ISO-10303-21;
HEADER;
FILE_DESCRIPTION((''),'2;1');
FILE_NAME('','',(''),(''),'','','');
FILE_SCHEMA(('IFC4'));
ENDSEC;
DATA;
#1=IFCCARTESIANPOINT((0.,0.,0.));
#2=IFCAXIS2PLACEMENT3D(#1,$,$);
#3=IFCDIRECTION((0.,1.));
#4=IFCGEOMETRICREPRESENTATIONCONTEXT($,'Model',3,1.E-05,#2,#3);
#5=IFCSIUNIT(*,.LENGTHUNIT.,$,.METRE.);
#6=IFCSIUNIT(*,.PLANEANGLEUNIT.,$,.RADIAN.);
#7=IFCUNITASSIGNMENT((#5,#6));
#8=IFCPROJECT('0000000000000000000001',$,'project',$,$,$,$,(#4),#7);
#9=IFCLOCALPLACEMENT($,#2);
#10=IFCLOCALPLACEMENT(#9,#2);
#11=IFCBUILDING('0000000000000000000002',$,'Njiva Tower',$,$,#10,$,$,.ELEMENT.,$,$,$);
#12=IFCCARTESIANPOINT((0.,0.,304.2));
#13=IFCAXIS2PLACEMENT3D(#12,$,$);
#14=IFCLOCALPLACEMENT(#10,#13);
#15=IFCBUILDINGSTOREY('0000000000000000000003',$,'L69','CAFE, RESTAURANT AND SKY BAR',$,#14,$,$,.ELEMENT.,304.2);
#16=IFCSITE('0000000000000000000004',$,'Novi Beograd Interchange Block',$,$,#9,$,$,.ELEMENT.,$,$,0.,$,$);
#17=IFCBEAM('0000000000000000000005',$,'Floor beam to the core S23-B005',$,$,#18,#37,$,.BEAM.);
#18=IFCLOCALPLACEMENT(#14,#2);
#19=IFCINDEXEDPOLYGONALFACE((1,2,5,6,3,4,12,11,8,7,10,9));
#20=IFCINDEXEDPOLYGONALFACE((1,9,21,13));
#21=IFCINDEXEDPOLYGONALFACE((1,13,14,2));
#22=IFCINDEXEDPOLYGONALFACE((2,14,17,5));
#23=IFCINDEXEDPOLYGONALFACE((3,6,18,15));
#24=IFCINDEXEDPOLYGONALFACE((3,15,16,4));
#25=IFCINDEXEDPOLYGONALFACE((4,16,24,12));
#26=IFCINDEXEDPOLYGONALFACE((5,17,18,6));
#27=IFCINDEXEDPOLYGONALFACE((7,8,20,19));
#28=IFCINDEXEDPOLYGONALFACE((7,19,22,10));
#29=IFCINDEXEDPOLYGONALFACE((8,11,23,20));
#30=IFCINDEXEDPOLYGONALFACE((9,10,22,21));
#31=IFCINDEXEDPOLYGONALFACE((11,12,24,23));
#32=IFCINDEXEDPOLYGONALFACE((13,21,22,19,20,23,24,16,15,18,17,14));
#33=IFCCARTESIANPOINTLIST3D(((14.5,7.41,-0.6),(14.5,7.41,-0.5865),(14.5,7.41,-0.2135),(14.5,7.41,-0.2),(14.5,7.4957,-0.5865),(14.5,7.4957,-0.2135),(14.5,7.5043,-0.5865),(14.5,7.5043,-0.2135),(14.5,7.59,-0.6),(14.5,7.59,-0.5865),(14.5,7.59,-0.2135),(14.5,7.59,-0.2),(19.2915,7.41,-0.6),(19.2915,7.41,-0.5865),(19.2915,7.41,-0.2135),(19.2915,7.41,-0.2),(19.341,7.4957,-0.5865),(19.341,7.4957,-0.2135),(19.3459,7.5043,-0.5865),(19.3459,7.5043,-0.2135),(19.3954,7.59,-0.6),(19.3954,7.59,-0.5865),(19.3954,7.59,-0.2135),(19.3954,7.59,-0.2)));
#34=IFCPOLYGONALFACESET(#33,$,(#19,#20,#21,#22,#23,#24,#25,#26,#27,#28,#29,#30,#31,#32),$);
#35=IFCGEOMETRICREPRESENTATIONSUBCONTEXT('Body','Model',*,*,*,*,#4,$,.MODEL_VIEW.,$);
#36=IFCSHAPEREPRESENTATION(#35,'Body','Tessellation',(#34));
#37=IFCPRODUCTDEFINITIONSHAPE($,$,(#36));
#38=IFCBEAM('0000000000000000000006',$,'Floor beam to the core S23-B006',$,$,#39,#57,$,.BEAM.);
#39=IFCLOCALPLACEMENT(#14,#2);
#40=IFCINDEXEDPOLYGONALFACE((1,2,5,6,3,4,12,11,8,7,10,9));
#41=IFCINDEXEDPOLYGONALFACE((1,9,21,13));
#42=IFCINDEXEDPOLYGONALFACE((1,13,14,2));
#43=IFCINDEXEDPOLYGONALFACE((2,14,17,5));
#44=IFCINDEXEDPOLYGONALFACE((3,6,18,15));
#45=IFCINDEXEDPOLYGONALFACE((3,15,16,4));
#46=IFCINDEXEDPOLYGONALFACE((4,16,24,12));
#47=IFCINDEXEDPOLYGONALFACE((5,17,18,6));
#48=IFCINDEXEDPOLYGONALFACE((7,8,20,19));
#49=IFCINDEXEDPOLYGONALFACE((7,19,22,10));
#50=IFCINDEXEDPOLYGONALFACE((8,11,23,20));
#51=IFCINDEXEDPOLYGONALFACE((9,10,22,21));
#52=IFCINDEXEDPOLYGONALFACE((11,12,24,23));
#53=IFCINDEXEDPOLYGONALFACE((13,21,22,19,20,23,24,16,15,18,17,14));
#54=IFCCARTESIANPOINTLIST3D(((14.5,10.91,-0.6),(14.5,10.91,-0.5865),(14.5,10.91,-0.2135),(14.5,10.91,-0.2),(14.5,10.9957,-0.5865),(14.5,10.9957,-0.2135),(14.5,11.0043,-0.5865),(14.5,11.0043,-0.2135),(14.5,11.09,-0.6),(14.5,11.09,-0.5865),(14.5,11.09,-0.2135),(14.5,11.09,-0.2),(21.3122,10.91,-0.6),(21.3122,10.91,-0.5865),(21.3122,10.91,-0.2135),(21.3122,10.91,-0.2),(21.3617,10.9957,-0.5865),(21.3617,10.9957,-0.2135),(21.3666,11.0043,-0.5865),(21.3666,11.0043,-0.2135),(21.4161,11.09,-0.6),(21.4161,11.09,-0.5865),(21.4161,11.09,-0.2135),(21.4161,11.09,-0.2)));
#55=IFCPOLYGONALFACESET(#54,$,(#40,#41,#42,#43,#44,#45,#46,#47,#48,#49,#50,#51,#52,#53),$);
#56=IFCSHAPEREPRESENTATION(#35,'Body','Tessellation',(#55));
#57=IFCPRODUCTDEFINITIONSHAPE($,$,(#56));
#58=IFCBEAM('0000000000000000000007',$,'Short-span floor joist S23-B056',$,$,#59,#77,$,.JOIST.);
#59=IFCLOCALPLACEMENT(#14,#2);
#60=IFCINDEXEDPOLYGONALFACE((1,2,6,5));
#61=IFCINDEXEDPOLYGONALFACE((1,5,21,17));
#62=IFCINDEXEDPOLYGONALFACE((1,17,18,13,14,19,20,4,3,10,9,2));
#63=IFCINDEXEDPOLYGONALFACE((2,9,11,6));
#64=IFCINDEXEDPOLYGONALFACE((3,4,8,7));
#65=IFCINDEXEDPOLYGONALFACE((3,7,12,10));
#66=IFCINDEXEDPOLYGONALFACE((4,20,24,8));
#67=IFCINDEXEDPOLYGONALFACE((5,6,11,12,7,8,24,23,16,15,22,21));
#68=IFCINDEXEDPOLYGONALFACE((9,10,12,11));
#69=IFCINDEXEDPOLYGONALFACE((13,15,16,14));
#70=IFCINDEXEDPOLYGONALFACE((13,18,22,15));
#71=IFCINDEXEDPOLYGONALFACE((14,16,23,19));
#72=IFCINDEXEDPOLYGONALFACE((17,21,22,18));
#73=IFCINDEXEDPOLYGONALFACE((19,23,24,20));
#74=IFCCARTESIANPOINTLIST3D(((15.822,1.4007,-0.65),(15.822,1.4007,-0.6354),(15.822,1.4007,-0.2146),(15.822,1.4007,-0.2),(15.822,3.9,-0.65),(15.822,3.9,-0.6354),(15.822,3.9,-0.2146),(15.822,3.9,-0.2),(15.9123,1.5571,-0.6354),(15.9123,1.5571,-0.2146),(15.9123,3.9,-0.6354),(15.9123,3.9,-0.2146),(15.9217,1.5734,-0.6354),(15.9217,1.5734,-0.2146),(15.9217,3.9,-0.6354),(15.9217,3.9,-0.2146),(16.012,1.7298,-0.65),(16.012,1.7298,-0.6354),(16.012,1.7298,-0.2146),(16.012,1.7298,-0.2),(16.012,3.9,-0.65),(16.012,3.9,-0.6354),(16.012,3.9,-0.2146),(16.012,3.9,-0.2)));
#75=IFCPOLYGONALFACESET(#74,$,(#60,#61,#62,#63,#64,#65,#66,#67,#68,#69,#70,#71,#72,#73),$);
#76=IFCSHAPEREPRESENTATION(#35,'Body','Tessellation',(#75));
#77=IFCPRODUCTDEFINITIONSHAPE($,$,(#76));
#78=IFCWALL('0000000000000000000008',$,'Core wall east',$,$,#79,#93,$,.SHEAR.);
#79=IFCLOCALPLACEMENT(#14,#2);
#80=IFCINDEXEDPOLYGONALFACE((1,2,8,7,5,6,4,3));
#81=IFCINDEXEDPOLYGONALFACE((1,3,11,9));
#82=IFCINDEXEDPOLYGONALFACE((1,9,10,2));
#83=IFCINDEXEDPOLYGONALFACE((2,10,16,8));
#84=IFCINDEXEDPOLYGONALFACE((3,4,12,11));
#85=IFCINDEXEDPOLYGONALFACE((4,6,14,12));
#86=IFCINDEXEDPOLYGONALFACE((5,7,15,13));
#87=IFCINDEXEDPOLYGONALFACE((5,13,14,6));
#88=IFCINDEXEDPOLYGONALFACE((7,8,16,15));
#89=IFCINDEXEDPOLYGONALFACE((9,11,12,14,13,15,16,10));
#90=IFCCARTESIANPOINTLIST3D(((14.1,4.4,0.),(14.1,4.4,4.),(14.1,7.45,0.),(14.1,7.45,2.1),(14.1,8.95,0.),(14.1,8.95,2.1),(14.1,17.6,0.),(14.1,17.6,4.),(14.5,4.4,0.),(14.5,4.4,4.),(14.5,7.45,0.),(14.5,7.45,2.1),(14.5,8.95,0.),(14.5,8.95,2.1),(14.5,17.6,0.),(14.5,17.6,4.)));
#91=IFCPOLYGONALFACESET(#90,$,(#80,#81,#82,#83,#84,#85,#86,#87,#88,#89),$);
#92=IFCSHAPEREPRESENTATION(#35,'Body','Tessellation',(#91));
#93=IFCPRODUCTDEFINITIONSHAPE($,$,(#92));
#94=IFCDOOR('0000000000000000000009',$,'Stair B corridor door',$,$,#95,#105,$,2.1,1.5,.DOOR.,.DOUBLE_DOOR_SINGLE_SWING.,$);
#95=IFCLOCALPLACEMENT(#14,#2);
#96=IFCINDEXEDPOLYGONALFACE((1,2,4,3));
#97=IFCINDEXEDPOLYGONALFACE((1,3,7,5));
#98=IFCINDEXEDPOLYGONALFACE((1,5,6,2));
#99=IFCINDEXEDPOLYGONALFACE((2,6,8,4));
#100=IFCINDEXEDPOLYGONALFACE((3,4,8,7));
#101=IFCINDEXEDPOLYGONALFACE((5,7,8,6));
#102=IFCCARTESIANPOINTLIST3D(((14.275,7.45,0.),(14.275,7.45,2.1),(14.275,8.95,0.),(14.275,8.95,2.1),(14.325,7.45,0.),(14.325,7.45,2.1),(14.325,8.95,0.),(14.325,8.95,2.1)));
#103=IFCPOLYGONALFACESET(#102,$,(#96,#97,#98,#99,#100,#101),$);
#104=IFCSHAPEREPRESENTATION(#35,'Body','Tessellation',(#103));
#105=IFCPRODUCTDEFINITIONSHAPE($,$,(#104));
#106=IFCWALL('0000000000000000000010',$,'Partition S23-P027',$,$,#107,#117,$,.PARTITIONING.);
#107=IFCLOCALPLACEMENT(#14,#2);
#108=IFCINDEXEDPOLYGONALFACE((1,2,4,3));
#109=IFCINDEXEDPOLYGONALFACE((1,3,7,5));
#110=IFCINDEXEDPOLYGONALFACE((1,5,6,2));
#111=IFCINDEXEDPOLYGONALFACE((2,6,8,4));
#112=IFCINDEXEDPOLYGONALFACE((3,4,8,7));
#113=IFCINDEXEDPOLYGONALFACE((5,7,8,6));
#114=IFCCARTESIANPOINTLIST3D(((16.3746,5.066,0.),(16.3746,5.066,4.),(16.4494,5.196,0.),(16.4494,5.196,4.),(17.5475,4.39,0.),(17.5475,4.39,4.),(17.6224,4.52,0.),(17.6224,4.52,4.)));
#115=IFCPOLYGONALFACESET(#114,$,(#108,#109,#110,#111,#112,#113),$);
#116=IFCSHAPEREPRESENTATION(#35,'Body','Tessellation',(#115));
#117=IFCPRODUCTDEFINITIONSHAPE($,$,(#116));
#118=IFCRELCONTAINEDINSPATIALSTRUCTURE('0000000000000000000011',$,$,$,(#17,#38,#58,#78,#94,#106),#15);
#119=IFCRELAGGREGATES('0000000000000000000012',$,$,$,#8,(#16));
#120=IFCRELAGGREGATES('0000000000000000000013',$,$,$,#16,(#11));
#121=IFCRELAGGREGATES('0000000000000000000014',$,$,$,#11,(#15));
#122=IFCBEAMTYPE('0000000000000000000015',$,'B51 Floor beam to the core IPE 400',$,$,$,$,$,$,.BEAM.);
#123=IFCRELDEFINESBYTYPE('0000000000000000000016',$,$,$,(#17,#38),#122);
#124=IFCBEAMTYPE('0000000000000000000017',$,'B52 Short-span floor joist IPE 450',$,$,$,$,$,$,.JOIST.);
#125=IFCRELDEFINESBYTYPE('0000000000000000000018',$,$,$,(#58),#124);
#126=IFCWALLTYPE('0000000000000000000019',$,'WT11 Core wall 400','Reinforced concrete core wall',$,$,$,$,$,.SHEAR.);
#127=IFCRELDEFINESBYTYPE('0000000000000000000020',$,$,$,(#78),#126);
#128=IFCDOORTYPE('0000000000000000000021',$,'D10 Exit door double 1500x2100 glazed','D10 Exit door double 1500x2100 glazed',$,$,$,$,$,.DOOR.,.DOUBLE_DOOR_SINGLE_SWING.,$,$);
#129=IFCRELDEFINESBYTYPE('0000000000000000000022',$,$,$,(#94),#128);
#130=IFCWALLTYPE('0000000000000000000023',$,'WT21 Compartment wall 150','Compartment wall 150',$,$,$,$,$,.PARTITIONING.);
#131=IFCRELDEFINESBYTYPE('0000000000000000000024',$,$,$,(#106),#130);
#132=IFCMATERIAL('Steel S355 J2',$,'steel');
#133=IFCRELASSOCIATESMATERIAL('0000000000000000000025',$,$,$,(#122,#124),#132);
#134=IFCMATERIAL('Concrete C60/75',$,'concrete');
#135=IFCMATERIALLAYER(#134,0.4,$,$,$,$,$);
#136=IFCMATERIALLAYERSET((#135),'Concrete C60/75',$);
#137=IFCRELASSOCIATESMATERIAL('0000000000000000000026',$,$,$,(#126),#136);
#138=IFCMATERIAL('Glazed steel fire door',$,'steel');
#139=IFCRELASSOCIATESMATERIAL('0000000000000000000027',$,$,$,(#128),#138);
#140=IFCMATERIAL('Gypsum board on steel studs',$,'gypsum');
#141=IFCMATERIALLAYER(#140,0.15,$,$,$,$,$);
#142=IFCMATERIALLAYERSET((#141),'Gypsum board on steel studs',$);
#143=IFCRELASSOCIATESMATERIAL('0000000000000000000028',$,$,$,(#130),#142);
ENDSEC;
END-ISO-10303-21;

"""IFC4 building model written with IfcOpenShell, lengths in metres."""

from ifc_helpers import new_model, si_unit, direction, frame, frame_2d, origin, origin_2d, place, context, subcontext, project, spatial, rectangle, i_section, extrude, clip, halfspace, material, layer, layer_set, material_profile, profile_set, type_object, element, fill, save


model = new_model("IFC4")

# Units and contexts
model_context = context("Model", 3, precision=1e-05, world=origin(), true_north=direction((0.0, 1.0)))
body_context = subcontext(model_context, "Body", "Model", "MODEL_VIEW")
ifc_project = project(units=[si_unit("LENGTHUNIT", "METRE"), si_unit("PLANEANGLEUNIT", "RADIAN")], contexts=[model_context])

# Site, building, storey
site_placement = place(None, origin())
site = spatial("IfcSite", under=ifc_project, at=site_placement, Name="Novi Beograd Interchange Block", CompositionType="ELEMENT", RefElevation=0.0)
building_placement = place(site_placement, origin())
building = spatial("IfcBuilding", under=site, at=building_placement, Name="Njiva Tower", CompositionType="ELEMENT")
storey_placement = place(building_placement, frame((0.0, 0.0, 304.2)))
storey = spatial("IfcBuildingStorey", under=building, at=storey_placement, Name="L69", Description="CAFE, RESTAURANT AND SKY BAR", CompositionType="ELEMENT", Elevation=304.2)

# Shared definitions
ifc_material_1 = material(Name="Steel S355 J2", Category="steel")

# Beams
ifc_material_profile_1 = material_profile(ifc_material_1, i_section(OverallWidth=0.18, OverallDepth=0.4, WebThickness=0.0086, FlangeThickness=0.0135, at=origin_2d()), Name="IPE 400")
ifc_profile_set_1 = profile_set([ifc_material_profile_1], Name="Steel S355 J2")
beam_type_1 = type_object("IfcBeamType", Name="B51 Floor beam to the core IPE 400", PredefinedType="BEAM", material=ifc_profile_set_1)
beam_1_placement = place(storey_placement, frame((14.5, 7.5, -0.4), z_axis=(1.0, 0.0, 0.0), x_axis=(0.0, 1.0, 0.0)))
element("IfcBeam", 1, at=beam_1_placement, inside=storey, type_object=beam_type_1, Name="Floor beam to the core S23-B005", PredefinedType="BEAM", context=body_context, shape_type="Clipping", body=[
    clip(extrude(i_section(OverallWidth=0.18, OverallDepth=0.4, WebThickness=0.0086, FlangeThickness=0.0135, at=origin_2d()), origin(), (0.0, 0.0, 1.0), 4.915), halfspace(frame((-0.025, 0.0, 4.829), z_axis=(-0.499998, 0.0, 0.866027), x_axis=(0.0, 1.0, 0.0)), False)),
])
beam_2_placement = place(storey_placement, frame((14.5, 11.0, -0.4), z_axis=(1.0, 0.0, 0.0), x_axis=(0.0, 1.0, 0.0)))
element("IfcBeam", 2, at=beam_2_placement, inside=storey, type_object=beam_type_1, Name="Floor beam to the core S23-B006", PredefinedType="BEAM", context=body_context, shape_type="Clipping", body=[
    clip(extrude(i_section(OverallWidth=0.18, OverallDepth=0.4, WebThickness=0.0086, FlangeThickness=0.0135, at=origin_2d()), origin(), (0.0, 0.0, 1.0), 6.936), halfspace(frame((-0.025, 0.0, 6.8497), z_axis=(-0.499998, 0.0, 0.866027), x_axis=(0.0, 1.0, 0.0)), False)),
])
ifc_material_profile_2 = material_profile(ifc_material_1, i_section(OverallWidth=0.19, OverallDepth=0.45, WebThickness=0.0094, FlangeThickness=0.0146, at=origin_2d()), Name="IPE 450")
ifc_profile_set_2 = profile_set([ifc_material_profile_2], Name="Steel S355 J2")
beam_type_2 = type_object("IfcBeamType", Name="B52 Short-span floor joist IPE 450", PredefinedType="JOIST", material=ifc_profile_set_2)
beam_3_placement = place(storey_placement, frame((15.917, 3.9, -0.425), z_axis=(0.0, -1.0, 0.0), x_axis=(1.0, 0.0, 0.0)))
element("IfcBeam", 3, at=beam_3_placement, inside=storey, type_object=beam_type_2, Name="Short-span floor joist S23-B056", PredefinedType="JOIST", context=body_context, shape_type="Clipping", body=[
    clip(extrude(i_section(OverallWidth=0.19, OverallDepth=0.45, WebThickness=0.0094, FlangeThickness=0.0146, at=origin_2d()), origin(), (0.0, 0.0, 1.0), 2.52), halfspace(frame((0.043, 0.0, 2.2603), z_axis=(0.866027, 0.0, 0.499998), x_axis=(0.0, 1.0, 0.0)), False)),
])

# Wall, opening, door
ifc_material_2 = material(Name="Concrete C60/75", Category="concrete")
ifc_layer_1 = layer(ifc_material_2, 0.4)
ifc_layer_set_1 = layer_set([ifc_layer_1], Name="Concrete C60/75")
wall_type_1 = type_object("IfcWallType", Name="WT11 Core wall 400", Description="Reinforced concrete core wall", PredefinedType="SHEAR", material=ifc_layer_set_1)
wall_1_placement = place(storey_placement, frame((14.3, 4.4, 0.0), z_axis=(0.0, 0.0, 1.0), x_axis=(0.0, 1.0, 0.0)))
wall_1 = element("IfcWall", 4, at=wall_1_placement, inside=storey, type_object=wall_type_1, Name="Core wall east", PredefinedType="SHEAR", context=body_context, shape_type="SweptSolid", body=[
    extrude(rectangle(XDim=13.2, YDim=0.4, at=frame_2d((6.6, 0.0))), origin(), (0.0, 0.0, 1.0), 4.0),
])
opening_placement = place(wall_1_placement, frame((3.05, 0.0, 0.0)))
opening = element("IfcOpeningElement", 5, at=opening_placement, cuts=wall_1, PredefinedType="OPENING", context=body_context, shape_type="SweptSolid", body=[
    extrude(rectangle(XDim=1.5, YDim=2.1, at=frame_2d((0.75, 1.05))), frame((0.0, 0.21, 0.0), z_axis=(0.0, -1.0, 0.0), x_axis=(1.0, 0.0, 0.0)), (0.0, 0.0, 1.0), 0.42),
])
ifc_material_3 = material(Name="Glazed steel fire door", Category="steel")
door_type = type_object("IfcDoorType", Name="D10 Exit door double 1500x2100 glazed", Description="D10 Exit door double 1500x2100 glazed", OperationType="DOUBLE_DOOR_SINGLE_SWING", PredefinedType="DOOR", material=ifc_material_3)
door_placement = place(opening_placement, origin())
door = element("IfcDoor", 6, at=door_placement, inside=storey, type_object=door_type, Name="Stair B corridor door", OperationType="DOUBLE_DOOR_SINGLE_SWING", OverallHeight=2.1, OverallWidth=1.5, PredefinedType="DOOR", context=body_context, shape_type="SweptSolid", body=[
    extrude(rectangle(XDim=1.5, YDim=2.1, at=frame_2d((0.75, 1.05))), frame((0.0, 0.025, 0.0), z_axis=(0.0, -1.0, 0.0), x_axis=(1.0, 0.0, 0.0)), (0.0, 0.0, 1.0), 0.05),
])
fill(opening, door)

# Wall
ifc_material_4 = material(Name="Gypsum board on steel studs", Category="gypsum")
ifc_layer_2 = layer(ifc_material_4, 0.15)
ifc_layer_set_2 = layer_set([ifc_layer_2], Name="Gypsum board on steel studs")
wall_type_2 = type_object("IfcWallType", Name="WT21 Compartment wall 150", Description="Compartment wall 150", PredefinedType="PARTITIONING", material=ifc_layer_set_2)
wall_2_placement = place(storey_placement, frame((16.412, 5.131, 0.0), z_axis=(0.0, 0.0, 1.0), x_axis=(0.866419, -0.499317, 0.0)))
element("IfcWall", 7, at=wall_2_placement, inside=storey, type_object=wall_type_2, Name="Partition S23-P027", PredefinedType="PARTITIONING", context=body_context, shape_type="SweptSolid", body=[
    extrude(rectangle(XDim=1.3538, YDim=0.15, at=frame_2d((0.6769, 0.0))), origin(), (0.0, 0.0, 1.0), 4.0),
])

save(model, "model.ifc")
